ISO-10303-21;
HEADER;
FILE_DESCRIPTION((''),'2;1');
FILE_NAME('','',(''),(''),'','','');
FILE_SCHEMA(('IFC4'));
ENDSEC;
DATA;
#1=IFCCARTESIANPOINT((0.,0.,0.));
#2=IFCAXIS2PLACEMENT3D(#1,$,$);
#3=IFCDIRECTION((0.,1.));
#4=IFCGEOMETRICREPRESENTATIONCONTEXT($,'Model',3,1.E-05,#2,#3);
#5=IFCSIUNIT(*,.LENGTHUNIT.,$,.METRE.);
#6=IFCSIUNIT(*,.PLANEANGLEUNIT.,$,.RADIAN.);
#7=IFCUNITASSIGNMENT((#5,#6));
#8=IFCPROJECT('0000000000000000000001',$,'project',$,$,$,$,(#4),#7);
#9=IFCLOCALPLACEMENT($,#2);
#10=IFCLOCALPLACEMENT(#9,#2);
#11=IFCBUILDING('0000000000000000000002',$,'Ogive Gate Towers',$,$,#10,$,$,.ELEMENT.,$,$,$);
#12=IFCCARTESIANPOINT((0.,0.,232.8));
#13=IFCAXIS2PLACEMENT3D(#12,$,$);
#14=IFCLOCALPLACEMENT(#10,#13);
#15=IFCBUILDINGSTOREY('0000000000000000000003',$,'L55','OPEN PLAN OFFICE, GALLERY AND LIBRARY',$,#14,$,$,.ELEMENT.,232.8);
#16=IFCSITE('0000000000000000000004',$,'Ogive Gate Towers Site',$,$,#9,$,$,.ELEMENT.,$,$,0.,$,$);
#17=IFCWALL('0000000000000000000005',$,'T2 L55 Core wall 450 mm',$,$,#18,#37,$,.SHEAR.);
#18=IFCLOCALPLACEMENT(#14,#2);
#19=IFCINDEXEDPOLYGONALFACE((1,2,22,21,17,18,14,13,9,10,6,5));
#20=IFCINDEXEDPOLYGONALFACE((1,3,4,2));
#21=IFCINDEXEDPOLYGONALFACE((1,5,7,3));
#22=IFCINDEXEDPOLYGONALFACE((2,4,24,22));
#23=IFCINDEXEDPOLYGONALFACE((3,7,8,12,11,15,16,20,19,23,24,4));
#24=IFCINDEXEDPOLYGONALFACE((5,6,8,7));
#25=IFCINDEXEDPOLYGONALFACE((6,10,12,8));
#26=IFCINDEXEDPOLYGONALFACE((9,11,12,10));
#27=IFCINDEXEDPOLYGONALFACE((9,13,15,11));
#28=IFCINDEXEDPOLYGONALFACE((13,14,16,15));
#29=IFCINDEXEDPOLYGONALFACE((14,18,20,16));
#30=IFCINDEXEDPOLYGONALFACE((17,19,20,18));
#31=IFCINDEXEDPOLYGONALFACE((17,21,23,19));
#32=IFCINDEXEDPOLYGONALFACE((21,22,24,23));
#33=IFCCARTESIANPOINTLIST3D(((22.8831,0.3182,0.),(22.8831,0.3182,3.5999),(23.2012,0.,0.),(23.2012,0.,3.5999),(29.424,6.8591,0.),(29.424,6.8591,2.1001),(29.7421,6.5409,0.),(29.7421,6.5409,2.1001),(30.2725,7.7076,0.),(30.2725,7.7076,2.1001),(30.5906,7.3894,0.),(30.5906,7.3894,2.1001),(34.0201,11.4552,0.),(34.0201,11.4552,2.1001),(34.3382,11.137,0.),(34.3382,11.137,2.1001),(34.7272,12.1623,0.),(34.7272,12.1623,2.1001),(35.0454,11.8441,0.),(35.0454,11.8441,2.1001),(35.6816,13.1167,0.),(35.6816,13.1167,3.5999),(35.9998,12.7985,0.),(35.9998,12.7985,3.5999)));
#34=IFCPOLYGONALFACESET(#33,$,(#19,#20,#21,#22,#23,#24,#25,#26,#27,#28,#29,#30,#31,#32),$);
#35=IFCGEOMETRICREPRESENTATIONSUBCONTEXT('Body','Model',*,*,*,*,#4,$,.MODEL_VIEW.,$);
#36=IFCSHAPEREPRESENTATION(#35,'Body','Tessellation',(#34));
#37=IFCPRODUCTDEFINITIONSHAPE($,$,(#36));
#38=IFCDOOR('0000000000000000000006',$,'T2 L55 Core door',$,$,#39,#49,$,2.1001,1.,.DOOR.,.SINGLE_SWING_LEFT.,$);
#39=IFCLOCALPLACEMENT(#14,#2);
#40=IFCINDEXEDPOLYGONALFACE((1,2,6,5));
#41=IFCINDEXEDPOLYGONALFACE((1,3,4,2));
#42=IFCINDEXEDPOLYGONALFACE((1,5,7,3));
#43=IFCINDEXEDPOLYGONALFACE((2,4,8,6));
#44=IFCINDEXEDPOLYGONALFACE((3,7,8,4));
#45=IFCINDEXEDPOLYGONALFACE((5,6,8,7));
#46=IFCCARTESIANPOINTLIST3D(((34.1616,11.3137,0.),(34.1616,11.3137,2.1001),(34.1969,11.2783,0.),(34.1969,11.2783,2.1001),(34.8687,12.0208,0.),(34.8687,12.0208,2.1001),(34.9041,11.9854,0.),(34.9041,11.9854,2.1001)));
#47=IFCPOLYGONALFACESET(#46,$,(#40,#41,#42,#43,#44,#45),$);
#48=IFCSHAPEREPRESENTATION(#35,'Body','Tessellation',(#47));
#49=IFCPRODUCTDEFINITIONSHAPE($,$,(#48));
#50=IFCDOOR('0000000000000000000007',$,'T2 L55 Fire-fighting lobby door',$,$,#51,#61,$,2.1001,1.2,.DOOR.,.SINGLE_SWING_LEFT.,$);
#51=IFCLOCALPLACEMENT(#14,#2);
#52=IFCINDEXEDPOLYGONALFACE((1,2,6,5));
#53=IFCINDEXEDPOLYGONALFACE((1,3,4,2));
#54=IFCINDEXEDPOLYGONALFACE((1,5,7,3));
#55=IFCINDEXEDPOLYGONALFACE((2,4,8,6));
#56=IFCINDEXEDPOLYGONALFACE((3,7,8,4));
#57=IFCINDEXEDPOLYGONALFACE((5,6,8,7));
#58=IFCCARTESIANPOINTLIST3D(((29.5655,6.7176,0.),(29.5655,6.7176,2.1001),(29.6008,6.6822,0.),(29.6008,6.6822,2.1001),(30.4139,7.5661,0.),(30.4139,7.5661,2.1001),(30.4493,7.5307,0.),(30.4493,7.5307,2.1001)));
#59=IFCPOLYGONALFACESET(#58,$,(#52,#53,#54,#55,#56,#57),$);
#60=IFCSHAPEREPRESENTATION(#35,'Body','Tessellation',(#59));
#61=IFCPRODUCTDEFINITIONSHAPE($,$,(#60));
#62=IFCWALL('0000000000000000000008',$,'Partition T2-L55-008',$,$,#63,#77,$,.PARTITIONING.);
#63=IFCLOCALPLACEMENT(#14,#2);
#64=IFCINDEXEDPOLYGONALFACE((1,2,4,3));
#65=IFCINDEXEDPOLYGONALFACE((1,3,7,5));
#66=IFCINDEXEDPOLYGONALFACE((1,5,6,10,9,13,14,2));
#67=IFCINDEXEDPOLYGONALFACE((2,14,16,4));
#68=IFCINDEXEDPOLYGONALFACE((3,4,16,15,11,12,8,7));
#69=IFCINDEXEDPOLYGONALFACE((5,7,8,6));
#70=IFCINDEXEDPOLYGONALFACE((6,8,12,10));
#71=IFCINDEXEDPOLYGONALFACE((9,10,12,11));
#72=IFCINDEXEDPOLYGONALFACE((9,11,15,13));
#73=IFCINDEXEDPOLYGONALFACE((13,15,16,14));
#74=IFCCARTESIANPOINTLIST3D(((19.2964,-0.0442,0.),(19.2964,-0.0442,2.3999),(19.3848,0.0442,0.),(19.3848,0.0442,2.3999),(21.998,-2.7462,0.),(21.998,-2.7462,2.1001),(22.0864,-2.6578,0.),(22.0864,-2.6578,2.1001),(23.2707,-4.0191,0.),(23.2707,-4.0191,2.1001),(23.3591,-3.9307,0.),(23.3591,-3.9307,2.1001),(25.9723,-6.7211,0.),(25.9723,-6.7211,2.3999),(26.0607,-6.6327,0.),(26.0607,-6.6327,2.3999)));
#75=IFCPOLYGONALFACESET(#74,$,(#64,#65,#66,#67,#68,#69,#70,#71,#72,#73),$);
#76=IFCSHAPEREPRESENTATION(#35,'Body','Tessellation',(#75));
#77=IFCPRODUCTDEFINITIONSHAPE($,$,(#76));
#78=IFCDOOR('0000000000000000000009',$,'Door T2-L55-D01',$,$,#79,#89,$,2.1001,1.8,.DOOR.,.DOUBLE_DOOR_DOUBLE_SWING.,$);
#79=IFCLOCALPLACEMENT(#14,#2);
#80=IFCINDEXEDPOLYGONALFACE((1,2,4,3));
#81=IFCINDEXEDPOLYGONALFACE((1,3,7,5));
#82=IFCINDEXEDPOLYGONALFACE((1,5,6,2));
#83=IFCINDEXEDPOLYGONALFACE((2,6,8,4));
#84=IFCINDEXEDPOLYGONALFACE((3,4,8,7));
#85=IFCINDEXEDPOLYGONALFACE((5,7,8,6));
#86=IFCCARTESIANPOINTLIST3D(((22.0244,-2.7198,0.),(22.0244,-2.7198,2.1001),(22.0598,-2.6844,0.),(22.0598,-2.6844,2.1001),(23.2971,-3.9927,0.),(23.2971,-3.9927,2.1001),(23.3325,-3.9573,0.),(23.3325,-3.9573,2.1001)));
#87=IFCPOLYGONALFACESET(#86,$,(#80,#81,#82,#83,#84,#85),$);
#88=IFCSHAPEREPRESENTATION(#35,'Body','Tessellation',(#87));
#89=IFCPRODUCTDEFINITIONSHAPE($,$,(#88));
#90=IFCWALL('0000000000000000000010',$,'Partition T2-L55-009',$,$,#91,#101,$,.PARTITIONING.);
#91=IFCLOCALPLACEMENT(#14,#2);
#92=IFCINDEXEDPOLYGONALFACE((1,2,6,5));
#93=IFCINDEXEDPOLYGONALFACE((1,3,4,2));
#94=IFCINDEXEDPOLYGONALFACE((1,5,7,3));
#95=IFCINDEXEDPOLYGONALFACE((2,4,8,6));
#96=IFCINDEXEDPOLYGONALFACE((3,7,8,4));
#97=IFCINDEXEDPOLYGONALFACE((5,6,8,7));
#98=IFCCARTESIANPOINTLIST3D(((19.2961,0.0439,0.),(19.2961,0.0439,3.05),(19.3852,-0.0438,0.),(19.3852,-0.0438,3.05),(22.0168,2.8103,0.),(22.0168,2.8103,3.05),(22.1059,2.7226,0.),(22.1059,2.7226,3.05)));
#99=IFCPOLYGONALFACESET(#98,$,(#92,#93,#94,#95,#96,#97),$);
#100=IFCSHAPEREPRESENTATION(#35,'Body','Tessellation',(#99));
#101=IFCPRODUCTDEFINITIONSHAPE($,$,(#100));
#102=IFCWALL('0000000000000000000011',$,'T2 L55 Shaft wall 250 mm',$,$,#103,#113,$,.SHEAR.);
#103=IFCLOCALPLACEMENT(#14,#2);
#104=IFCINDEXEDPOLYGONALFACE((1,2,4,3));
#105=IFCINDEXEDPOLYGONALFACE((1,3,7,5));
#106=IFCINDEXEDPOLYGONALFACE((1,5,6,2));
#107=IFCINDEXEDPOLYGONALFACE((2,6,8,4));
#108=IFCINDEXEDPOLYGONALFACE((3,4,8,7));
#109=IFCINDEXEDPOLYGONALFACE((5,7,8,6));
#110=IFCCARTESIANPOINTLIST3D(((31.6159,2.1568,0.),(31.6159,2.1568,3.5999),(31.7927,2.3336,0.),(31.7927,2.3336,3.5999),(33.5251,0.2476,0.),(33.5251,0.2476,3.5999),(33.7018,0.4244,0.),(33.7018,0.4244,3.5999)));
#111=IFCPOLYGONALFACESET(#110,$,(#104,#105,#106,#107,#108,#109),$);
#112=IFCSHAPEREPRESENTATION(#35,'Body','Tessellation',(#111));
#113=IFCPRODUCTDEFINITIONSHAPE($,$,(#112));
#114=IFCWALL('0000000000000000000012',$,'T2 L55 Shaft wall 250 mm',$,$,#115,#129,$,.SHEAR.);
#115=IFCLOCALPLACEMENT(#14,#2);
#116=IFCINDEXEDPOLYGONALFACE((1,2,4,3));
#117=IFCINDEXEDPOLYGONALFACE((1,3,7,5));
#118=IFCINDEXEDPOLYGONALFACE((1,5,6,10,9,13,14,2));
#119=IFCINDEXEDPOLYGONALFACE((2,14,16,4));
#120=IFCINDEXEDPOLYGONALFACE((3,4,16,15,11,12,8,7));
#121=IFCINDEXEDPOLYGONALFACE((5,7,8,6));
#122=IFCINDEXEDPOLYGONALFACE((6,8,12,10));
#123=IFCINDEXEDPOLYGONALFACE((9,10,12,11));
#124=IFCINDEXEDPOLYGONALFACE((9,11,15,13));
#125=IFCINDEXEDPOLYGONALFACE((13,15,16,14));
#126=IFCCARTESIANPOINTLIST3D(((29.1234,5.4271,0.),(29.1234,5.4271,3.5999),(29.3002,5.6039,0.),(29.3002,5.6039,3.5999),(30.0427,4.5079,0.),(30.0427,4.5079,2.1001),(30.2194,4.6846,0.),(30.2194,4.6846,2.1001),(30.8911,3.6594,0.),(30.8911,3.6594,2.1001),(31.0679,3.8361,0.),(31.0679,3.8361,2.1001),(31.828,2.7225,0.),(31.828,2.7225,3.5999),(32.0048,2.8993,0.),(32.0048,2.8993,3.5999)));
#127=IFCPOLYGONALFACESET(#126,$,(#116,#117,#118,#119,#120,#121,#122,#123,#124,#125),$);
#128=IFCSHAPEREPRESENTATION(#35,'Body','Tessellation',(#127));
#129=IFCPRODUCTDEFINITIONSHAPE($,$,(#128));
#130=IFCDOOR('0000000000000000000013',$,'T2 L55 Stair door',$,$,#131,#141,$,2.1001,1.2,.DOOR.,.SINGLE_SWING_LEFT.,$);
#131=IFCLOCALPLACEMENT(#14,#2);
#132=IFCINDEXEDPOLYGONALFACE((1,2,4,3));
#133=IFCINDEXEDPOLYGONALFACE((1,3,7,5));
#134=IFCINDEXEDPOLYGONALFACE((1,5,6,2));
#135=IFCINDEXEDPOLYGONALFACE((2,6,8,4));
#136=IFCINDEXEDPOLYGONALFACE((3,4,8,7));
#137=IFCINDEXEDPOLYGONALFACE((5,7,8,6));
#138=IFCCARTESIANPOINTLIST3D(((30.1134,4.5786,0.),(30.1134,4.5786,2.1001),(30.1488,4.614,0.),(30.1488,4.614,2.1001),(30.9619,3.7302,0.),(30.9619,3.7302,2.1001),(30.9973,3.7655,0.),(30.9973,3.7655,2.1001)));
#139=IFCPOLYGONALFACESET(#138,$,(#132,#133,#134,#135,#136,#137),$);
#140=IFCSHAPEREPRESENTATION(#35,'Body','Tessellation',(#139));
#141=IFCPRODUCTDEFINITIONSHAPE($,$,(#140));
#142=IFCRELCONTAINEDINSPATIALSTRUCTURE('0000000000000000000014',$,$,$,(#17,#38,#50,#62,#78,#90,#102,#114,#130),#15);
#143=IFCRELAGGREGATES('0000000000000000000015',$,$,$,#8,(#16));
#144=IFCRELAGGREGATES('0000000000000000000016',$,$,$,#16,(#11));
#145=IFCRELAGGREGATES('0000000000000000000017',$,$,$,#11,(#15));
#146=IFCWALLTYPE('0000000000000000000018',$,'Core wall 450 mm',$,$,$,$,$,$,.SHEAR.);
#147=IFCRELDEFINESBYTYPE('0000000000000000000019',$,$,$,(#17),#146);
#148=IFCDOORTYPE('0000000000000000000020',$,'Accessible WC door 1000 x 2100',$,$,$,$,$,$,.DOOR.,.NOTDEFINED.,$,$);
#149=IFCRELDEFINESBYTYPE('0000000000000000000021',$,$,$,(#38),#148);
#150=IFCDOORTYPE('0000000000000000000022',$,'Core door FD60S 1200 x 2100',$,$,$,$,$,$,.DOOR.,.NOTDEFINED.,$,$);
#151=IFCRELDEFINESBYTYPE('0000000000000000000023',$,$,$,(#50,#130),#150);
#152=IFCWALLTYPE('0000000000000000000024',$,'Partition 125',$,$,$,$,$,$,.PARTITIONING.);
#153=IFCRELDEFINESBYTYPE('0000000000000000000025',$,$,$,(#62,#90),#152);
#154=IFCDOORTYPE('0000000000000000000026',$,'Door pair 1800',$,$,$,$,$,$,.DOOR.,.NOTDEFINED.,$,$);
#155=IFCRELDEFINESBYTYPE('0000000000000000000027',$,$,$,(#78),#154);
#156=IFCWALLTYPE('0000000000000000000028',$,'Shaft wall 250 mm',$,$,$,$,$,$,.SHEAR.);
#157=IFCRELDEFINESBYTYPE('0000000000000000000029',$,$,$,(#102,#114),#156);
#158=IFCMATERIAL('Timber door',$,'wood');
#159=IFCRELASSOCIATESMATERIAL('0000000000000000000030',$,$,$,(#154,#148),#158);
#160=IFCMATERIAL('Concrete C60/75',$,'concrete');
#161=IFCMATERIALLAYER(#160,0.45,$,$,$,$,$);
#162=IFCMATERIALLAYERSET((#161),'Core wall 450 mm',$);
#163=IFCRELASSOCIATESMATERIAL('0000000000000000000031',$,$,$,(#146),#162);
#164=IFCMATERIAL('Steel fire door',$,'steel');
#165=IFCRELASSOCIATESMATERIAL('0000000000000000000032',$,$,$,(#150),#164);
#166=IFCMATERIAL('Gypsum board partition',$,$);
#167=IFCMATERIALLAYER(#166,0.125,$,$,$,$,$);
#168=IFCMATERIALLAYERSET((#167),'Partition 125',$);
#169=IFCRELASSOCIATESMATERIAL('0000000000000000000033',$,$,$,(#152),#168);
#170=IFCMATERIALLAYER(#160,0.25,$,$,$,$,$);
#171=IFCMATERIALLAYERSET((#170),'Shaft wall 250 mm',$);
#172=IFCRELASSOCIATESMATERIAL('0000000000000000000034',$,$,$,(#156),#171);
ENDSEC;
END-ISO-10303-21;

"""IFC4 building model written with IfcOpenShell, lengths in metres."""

from ifc_helpers import new_model, si_unit, direction, frame, frame_2d, origin, place, context, subcontext, project, spatial, rectangle, extrude, material, layer, layer_set, type_object, element, fill, save


model = new_model("IFC4")

# Units and contexts
model_context = context("Model", 3, precision=1e-05, world=origin(), true_north=direction((0.0, 1.0)))
body_context = subcontext(model_context, "Body", "Model", "MODEL_VIEW")
ifc_project = project(units=[si_unit("LENGTHUNIT", "METRE"), si_unit("PLANEANGLEUNIT", "RADIAN")], contexts=[model_context])

# Site, building, storey
site_placement = place(None, origin())
site = spatial("IfcSite", under=ifc_project, at=site_placement, Name="Ogive Gate Towers Site", CompositionType="ELEMENT", RefElevation=0.0)
building_placement = place(site_placement, origin())
building = spatial("IfcBuilding", under=site, at=building_placement, Name="Ogive Gate Towers", CompositionType="ELEMENT")
storey_placement = place(building_placement, frame((0.0, 0.0, 232.8)))
storey = spatial("IfcBuildingStorey", under=building, at=storey_placement, Name="L55", Description="OPEN PLAN OFFICE, GALLERY AND LIBRARY", CompositionType="ELEMENT", Elevation=232.8)

# Shared definitions
ifc_material_1 = material(Name="Timber door", Category="wood")
door_type_1 = type_object("IfcDoorType", Name="Door pair 1800", OperationType="NOTDEFINED", PredefinedType="DOOR", material=ifc_material_1)

# Wall, openings, doors
ifc_material_2 = material(Name="Concrete C60/75", Category="concrete")
ifc_layer_1 = layer(ifc_material_2, 0.45)
ifc_layer_set_1 = layer_set([ifc_layer_1], Name="Core wall 450 mm")
wall_type_1 = type_object("IfcWallType", Name="Core wall 450 mm", PredefinedType="SHEAR", material=ifc_layer_set_1)
wall_1_placement = place(storey_placement, frame((23.0422, 0.1592, 0.0), z_axis=(0.0, 0.0, 1.0), x_axis=(0.707107, 0.707107, 0.0)))
wall_1 = element("IfcWall", 1, at=wall_1_placement, inside=storey, type_object=wall_type_1, Name="T2 L55 Core wall 450 mm", PredefinedType="SHEAR", context=body_context, shape_type="SweptSolid", body=[
    extrude(rectangle(XDim=18.0999, YDim=0.45, at=frame_2d((9.0498, 0.0))), origin(), (0.0, 0.0, 1.0), 3.5999),
])
opening_1_placement = place(wall_1_placement, frame((9.25, 0.0, 0.0)))
opening_1 = element("IfcOpeningElement", 2, at=opening_1_placement, cuts=wall_1, PredefinedType="OPENING", context=body_context, shape_type="SweptSolid", body=[
    extrude(rectangle(XDim=1.2, YDim=2.1001, at=frame_2d((0.6001, 1.05))), frame((0.0, 0.2349, 0.0), z_axis=(0.0, -1.0, 0.0), x_axis=(1.0, 0.0, 0.0)), (0.0, 0.0, 1.0), 0.47),
])
opening_2_placement = place(wall_1_placement, frame((15.75, 0.0, 0.0)))
opening_2 = element("IfcOpeningElement", 3, at=opening_2_placement, cuts=wall_1, PredefinedType="OPENING", context=body_context, shape_type="SweptSolid", body=[
    extrude(rectangle(XDim=1.0, YDim=2.1001, at=frame_2d((0.5, 1.05))), frame((0.0, 0.2349, 0.0), z_axis=(0.0, -1.0, 0.0), x_axis=(1.0, 0.0, 0.0)), (0.0, 0.0, 1.0), 0.47),
])
door_type_2 = type_object("IfcDoorType", Name="Accessible WC door 1000 x 2100", OperationType="NOTDEFINED", PredefinedType="DOOR", material=ifc_material_1)
door_1_placement = place(opening_2_placement, origin())
door_1 = element("IfcDoor", 4, at=door_1_placement, inside=storey, type_object=door_type_2, Name="T2 L55 Core door", OperationType="SINGLE_SWING_LEFT", OverallHeight=2.1001, OverallWidth=1.0, PredefinedType="DOOR", context=body_context, shape_type="SweptSolid", body=[
    extrude(rectangle(XDim=1.0, YDim=2.1001, at=frame_2d((0.5, 1.05))), frame((0.0, 0.0249, 0.0), z_axis=(0.0, -1.0, 0.0), x_axis=(1.0, 0.0, 0.0)), (0.0, 0.0, 1.0), 0.05),
])
fill(opening_2, door_1)
ifc_material_3 = material(Name="Steel fire door", Category="steel")
door_type_3 = type_object("IfcDoorType", Name="Core door FD60S 1200 x 2100", OperationType="NOTDEFINED", PredefinedType="DOOR", material=ifc_material_3)
door_2_placement = place(opening_1_placement, origin())
door_2 = element("IfcDoor", 5, at=door_2_placement, inside=storey, type_object=door_type_3, Name="T2 L55 Fire-fighting lobby door", OperationType="SINGLE_SWING_LEFT", OverallHeight=2.1001, OverallWidth=1.2, PredefinedType="DOOR", context=body_context, shape_type="SweptSolid", body=[
    extrude(rectangle(XDim=1.2, YDim=2.1001, at=frame_2d((0.6001, 1.05))), frame((0.0, 0.0249, 0.0), z_axis=(0.0, -1.0, 0.0), x_axis=(1.0, 0.0, 0.0)), (0.0, 0.0, 1.0), 0.05),
])
fill(opening_1, door_2)

# Wall, opening, door
ifc_material_4 = material(Name="Gypsum board partition")
ifc_layer_2 = layer(ifc_material_4, 0.125)
ifc_layer_set_2 = layer_set([ifc_layer_2], Name="Partition 125")
wall_type_2 = type_object("IfcWallType", Name="Partition 125", PredefinedType="PARTITIONING", material=ifc_layer_set_2)
wall_2_placement = place(storey_placement, frame((19.3406, 0.0, 0.0), z_axis=(0.0, 0.0, 1.0), x_axis=(0.707055, -0.707158, 0.0)))
wall_2 = element("IfcWall", 6, at=wall_2_placement, inside=storey, type_object=wall_type_2, Name="Partition T2-L55-008", PredefinedType="PARTITIONING", context=body_context, shape_type="SweptSolid", body=[
    extrude(rectangle(XDim=9.4419, YDim=0.125, at=frame_2d((4.7209, 0.0))), origin(), (0.0, 0.0, 1.0), 2.3999),
])
opening_3_placement = place(wall_2_placement, frame((3.821, 0.0, 0.0)))
opening_3 = element("IfcOpeningElement", 7, at=opening_3_placement, cuts=wall_2, PredefinedType="OPENING", context=body_context, shape_type="SweptSolid", body=[
    extrude(rectangle(XDim=1.8, YDim=2.1001, at=frame_2d((0.8999, 1.05))), frame((0.0, 0.0725, 0.0), z_axis=(0.0, -1.0, 0.0), x_axis=(1.0, 0.0, 0.0)), (0.0, 0.0, 1.0), 0.145),
])
door_3_placement = place(opening_3_placement, origin())
door_3 = element("IfcDoor", 8, at=door_3_placement, inside=storey, type_object=door_type_1, Name="Door T2-L55-D01", OperationType="DOUBLE_DOOR_DOUBLE_SWING", OverallHeight=2.1001, OverallWidth=1.8, PredefinedType="DOOR", context=body_context, shape_type="SweptSolid", body=[
    extrude(rectangle(XDim=1.8, YDim=2.1001, at=frame_2d((0.8999, 1.05))), frame((0.0, 0.0249, 0.0), z_axis=(0.0, -1.0, 0.0), x_axis=(1.0, 0.0, 0.0)), (0.0, 0.0, 1.0), 0.05),
])
fill(opening_3, door_3)

# Walls
wall_3_placement = place(storey_placement, frame((22.0613, 2.7664, 0.0), z_axis=(0.0, 0.0, 1.0), x_axis=(-0.701199, -0.712965, 0.0)))
element("IfcWall", 9, at=wall_3_placement, inside=storey, type_object=wall_type_2, Name="Partition T2-L55-009", PredefinedType="PARTITIONING", context=body_context, shape_type="SweptSolid", body=[
    extrude(rectangle(XDim=3.8801, YDim=0.125, at=frame_2d((1.9399, 0.0))), origin(), (0.0, 0.0, 1.0), 3.05),
])
ifc_layer_3 = layer(ifc_material_2, 0.25)
ifc_layer_set_3 = layer_set([ifc_layer_3], Name="Shaft wall 250 mm")
wall_type_3 = type_object("IfcWallType", Name="Shaft wall 250 mm", PredefinedType="SHEAR", material=ifc_layer_set_3)
wall_4_placement = place(storey_placement, frame((33.6135, 0.3359, 0.0), z_axis=(0.0, 0.0, 1.0), x_axis=(-0.707107, 0.707107, 0.0)))
element("IfcWall", 10, at=wall_4_placement, inside=storey, type_object=wall_type_3, Name="T2 L55 Shaft wall 250 mm", PredefinedType="SHEAR", context=body_context, shape_type="SweptSolid", body=[
    extrude(rectangle(XDim=2.7, YDim=0.25, at=frame_2d((1.3501, 0.0))), origin(), (0.0, 0.0, 1.0), 3.5999),
])

# Wall, opening, door
wall_5_placement = place(storey_placement, frame((31.9165, 2.8108, 0.0), z_axis=(0.0, 0.0, 1.0), x_axis=(-0.707107, 0.707107, 0.0)))
wall_5 = element("IfcWall", 11, at=wall_5_placement, inside=storey, type_object=wall_type_3, Name="T2 L55 Shaft wall 250 mm", PredefinedType="SHEAR", context=body_context, shape_type="SweptSolid", body=[
    extrude(rectangle(XDim=3.825, YDim=0.25, at=frame_2d((1.9126, 0.0))), origin(), (0.0, 0.0, 1.0), 3.5999),
])
opening_4_placement = place(wall_5_placement, frame((1.325, 0.0, 0.0)))
opening_4 = element("IfcOpeningElement", 12, at=opening_4_placement, cuts=wall_5, PredefinedType="OPENING", context=body_context, shape_type="SweptSolid", body=[
    extrude(rectangle(XDim=1.2, YDim=2.1001, at=frame_2d((0.6001, 1.05))), frame((0.0, 0.135, 0.0), z_axis=(0.0, -1.0, 0.0), x_axis=(1.0, 0.0, 0.0)), (0.0, 0.0, 1.0), 0.27),
])
door_4_placement = place(opening_4_placement, origin())
door_4 = element("IfcDoor", 13, at=door_4_placement, inside=storey, type_object=door_type_3, Name="T2 L55 Stair door", OperationType="SINGLE_SWING_LEFT", OverallHeight=2.1001, OverallWidth=1.2, PredefinedType="DOOR", context=body_context, shape_type="SweptSolid", body=[
    extrude(rectangle(XDim=1.2, YDim=2.1001, at=frame_2d((0.6001, 1.05))), frame((0.0, 0.0249, 0.0), z_axis=(0.0, -1.0, 0.0), x_axis=(1.0, 0.0, 0.0)), (0.0, 0.0, 1.0), 0.05),
])
fill(opening_4, door_4)

save(model, "model.ifc")
